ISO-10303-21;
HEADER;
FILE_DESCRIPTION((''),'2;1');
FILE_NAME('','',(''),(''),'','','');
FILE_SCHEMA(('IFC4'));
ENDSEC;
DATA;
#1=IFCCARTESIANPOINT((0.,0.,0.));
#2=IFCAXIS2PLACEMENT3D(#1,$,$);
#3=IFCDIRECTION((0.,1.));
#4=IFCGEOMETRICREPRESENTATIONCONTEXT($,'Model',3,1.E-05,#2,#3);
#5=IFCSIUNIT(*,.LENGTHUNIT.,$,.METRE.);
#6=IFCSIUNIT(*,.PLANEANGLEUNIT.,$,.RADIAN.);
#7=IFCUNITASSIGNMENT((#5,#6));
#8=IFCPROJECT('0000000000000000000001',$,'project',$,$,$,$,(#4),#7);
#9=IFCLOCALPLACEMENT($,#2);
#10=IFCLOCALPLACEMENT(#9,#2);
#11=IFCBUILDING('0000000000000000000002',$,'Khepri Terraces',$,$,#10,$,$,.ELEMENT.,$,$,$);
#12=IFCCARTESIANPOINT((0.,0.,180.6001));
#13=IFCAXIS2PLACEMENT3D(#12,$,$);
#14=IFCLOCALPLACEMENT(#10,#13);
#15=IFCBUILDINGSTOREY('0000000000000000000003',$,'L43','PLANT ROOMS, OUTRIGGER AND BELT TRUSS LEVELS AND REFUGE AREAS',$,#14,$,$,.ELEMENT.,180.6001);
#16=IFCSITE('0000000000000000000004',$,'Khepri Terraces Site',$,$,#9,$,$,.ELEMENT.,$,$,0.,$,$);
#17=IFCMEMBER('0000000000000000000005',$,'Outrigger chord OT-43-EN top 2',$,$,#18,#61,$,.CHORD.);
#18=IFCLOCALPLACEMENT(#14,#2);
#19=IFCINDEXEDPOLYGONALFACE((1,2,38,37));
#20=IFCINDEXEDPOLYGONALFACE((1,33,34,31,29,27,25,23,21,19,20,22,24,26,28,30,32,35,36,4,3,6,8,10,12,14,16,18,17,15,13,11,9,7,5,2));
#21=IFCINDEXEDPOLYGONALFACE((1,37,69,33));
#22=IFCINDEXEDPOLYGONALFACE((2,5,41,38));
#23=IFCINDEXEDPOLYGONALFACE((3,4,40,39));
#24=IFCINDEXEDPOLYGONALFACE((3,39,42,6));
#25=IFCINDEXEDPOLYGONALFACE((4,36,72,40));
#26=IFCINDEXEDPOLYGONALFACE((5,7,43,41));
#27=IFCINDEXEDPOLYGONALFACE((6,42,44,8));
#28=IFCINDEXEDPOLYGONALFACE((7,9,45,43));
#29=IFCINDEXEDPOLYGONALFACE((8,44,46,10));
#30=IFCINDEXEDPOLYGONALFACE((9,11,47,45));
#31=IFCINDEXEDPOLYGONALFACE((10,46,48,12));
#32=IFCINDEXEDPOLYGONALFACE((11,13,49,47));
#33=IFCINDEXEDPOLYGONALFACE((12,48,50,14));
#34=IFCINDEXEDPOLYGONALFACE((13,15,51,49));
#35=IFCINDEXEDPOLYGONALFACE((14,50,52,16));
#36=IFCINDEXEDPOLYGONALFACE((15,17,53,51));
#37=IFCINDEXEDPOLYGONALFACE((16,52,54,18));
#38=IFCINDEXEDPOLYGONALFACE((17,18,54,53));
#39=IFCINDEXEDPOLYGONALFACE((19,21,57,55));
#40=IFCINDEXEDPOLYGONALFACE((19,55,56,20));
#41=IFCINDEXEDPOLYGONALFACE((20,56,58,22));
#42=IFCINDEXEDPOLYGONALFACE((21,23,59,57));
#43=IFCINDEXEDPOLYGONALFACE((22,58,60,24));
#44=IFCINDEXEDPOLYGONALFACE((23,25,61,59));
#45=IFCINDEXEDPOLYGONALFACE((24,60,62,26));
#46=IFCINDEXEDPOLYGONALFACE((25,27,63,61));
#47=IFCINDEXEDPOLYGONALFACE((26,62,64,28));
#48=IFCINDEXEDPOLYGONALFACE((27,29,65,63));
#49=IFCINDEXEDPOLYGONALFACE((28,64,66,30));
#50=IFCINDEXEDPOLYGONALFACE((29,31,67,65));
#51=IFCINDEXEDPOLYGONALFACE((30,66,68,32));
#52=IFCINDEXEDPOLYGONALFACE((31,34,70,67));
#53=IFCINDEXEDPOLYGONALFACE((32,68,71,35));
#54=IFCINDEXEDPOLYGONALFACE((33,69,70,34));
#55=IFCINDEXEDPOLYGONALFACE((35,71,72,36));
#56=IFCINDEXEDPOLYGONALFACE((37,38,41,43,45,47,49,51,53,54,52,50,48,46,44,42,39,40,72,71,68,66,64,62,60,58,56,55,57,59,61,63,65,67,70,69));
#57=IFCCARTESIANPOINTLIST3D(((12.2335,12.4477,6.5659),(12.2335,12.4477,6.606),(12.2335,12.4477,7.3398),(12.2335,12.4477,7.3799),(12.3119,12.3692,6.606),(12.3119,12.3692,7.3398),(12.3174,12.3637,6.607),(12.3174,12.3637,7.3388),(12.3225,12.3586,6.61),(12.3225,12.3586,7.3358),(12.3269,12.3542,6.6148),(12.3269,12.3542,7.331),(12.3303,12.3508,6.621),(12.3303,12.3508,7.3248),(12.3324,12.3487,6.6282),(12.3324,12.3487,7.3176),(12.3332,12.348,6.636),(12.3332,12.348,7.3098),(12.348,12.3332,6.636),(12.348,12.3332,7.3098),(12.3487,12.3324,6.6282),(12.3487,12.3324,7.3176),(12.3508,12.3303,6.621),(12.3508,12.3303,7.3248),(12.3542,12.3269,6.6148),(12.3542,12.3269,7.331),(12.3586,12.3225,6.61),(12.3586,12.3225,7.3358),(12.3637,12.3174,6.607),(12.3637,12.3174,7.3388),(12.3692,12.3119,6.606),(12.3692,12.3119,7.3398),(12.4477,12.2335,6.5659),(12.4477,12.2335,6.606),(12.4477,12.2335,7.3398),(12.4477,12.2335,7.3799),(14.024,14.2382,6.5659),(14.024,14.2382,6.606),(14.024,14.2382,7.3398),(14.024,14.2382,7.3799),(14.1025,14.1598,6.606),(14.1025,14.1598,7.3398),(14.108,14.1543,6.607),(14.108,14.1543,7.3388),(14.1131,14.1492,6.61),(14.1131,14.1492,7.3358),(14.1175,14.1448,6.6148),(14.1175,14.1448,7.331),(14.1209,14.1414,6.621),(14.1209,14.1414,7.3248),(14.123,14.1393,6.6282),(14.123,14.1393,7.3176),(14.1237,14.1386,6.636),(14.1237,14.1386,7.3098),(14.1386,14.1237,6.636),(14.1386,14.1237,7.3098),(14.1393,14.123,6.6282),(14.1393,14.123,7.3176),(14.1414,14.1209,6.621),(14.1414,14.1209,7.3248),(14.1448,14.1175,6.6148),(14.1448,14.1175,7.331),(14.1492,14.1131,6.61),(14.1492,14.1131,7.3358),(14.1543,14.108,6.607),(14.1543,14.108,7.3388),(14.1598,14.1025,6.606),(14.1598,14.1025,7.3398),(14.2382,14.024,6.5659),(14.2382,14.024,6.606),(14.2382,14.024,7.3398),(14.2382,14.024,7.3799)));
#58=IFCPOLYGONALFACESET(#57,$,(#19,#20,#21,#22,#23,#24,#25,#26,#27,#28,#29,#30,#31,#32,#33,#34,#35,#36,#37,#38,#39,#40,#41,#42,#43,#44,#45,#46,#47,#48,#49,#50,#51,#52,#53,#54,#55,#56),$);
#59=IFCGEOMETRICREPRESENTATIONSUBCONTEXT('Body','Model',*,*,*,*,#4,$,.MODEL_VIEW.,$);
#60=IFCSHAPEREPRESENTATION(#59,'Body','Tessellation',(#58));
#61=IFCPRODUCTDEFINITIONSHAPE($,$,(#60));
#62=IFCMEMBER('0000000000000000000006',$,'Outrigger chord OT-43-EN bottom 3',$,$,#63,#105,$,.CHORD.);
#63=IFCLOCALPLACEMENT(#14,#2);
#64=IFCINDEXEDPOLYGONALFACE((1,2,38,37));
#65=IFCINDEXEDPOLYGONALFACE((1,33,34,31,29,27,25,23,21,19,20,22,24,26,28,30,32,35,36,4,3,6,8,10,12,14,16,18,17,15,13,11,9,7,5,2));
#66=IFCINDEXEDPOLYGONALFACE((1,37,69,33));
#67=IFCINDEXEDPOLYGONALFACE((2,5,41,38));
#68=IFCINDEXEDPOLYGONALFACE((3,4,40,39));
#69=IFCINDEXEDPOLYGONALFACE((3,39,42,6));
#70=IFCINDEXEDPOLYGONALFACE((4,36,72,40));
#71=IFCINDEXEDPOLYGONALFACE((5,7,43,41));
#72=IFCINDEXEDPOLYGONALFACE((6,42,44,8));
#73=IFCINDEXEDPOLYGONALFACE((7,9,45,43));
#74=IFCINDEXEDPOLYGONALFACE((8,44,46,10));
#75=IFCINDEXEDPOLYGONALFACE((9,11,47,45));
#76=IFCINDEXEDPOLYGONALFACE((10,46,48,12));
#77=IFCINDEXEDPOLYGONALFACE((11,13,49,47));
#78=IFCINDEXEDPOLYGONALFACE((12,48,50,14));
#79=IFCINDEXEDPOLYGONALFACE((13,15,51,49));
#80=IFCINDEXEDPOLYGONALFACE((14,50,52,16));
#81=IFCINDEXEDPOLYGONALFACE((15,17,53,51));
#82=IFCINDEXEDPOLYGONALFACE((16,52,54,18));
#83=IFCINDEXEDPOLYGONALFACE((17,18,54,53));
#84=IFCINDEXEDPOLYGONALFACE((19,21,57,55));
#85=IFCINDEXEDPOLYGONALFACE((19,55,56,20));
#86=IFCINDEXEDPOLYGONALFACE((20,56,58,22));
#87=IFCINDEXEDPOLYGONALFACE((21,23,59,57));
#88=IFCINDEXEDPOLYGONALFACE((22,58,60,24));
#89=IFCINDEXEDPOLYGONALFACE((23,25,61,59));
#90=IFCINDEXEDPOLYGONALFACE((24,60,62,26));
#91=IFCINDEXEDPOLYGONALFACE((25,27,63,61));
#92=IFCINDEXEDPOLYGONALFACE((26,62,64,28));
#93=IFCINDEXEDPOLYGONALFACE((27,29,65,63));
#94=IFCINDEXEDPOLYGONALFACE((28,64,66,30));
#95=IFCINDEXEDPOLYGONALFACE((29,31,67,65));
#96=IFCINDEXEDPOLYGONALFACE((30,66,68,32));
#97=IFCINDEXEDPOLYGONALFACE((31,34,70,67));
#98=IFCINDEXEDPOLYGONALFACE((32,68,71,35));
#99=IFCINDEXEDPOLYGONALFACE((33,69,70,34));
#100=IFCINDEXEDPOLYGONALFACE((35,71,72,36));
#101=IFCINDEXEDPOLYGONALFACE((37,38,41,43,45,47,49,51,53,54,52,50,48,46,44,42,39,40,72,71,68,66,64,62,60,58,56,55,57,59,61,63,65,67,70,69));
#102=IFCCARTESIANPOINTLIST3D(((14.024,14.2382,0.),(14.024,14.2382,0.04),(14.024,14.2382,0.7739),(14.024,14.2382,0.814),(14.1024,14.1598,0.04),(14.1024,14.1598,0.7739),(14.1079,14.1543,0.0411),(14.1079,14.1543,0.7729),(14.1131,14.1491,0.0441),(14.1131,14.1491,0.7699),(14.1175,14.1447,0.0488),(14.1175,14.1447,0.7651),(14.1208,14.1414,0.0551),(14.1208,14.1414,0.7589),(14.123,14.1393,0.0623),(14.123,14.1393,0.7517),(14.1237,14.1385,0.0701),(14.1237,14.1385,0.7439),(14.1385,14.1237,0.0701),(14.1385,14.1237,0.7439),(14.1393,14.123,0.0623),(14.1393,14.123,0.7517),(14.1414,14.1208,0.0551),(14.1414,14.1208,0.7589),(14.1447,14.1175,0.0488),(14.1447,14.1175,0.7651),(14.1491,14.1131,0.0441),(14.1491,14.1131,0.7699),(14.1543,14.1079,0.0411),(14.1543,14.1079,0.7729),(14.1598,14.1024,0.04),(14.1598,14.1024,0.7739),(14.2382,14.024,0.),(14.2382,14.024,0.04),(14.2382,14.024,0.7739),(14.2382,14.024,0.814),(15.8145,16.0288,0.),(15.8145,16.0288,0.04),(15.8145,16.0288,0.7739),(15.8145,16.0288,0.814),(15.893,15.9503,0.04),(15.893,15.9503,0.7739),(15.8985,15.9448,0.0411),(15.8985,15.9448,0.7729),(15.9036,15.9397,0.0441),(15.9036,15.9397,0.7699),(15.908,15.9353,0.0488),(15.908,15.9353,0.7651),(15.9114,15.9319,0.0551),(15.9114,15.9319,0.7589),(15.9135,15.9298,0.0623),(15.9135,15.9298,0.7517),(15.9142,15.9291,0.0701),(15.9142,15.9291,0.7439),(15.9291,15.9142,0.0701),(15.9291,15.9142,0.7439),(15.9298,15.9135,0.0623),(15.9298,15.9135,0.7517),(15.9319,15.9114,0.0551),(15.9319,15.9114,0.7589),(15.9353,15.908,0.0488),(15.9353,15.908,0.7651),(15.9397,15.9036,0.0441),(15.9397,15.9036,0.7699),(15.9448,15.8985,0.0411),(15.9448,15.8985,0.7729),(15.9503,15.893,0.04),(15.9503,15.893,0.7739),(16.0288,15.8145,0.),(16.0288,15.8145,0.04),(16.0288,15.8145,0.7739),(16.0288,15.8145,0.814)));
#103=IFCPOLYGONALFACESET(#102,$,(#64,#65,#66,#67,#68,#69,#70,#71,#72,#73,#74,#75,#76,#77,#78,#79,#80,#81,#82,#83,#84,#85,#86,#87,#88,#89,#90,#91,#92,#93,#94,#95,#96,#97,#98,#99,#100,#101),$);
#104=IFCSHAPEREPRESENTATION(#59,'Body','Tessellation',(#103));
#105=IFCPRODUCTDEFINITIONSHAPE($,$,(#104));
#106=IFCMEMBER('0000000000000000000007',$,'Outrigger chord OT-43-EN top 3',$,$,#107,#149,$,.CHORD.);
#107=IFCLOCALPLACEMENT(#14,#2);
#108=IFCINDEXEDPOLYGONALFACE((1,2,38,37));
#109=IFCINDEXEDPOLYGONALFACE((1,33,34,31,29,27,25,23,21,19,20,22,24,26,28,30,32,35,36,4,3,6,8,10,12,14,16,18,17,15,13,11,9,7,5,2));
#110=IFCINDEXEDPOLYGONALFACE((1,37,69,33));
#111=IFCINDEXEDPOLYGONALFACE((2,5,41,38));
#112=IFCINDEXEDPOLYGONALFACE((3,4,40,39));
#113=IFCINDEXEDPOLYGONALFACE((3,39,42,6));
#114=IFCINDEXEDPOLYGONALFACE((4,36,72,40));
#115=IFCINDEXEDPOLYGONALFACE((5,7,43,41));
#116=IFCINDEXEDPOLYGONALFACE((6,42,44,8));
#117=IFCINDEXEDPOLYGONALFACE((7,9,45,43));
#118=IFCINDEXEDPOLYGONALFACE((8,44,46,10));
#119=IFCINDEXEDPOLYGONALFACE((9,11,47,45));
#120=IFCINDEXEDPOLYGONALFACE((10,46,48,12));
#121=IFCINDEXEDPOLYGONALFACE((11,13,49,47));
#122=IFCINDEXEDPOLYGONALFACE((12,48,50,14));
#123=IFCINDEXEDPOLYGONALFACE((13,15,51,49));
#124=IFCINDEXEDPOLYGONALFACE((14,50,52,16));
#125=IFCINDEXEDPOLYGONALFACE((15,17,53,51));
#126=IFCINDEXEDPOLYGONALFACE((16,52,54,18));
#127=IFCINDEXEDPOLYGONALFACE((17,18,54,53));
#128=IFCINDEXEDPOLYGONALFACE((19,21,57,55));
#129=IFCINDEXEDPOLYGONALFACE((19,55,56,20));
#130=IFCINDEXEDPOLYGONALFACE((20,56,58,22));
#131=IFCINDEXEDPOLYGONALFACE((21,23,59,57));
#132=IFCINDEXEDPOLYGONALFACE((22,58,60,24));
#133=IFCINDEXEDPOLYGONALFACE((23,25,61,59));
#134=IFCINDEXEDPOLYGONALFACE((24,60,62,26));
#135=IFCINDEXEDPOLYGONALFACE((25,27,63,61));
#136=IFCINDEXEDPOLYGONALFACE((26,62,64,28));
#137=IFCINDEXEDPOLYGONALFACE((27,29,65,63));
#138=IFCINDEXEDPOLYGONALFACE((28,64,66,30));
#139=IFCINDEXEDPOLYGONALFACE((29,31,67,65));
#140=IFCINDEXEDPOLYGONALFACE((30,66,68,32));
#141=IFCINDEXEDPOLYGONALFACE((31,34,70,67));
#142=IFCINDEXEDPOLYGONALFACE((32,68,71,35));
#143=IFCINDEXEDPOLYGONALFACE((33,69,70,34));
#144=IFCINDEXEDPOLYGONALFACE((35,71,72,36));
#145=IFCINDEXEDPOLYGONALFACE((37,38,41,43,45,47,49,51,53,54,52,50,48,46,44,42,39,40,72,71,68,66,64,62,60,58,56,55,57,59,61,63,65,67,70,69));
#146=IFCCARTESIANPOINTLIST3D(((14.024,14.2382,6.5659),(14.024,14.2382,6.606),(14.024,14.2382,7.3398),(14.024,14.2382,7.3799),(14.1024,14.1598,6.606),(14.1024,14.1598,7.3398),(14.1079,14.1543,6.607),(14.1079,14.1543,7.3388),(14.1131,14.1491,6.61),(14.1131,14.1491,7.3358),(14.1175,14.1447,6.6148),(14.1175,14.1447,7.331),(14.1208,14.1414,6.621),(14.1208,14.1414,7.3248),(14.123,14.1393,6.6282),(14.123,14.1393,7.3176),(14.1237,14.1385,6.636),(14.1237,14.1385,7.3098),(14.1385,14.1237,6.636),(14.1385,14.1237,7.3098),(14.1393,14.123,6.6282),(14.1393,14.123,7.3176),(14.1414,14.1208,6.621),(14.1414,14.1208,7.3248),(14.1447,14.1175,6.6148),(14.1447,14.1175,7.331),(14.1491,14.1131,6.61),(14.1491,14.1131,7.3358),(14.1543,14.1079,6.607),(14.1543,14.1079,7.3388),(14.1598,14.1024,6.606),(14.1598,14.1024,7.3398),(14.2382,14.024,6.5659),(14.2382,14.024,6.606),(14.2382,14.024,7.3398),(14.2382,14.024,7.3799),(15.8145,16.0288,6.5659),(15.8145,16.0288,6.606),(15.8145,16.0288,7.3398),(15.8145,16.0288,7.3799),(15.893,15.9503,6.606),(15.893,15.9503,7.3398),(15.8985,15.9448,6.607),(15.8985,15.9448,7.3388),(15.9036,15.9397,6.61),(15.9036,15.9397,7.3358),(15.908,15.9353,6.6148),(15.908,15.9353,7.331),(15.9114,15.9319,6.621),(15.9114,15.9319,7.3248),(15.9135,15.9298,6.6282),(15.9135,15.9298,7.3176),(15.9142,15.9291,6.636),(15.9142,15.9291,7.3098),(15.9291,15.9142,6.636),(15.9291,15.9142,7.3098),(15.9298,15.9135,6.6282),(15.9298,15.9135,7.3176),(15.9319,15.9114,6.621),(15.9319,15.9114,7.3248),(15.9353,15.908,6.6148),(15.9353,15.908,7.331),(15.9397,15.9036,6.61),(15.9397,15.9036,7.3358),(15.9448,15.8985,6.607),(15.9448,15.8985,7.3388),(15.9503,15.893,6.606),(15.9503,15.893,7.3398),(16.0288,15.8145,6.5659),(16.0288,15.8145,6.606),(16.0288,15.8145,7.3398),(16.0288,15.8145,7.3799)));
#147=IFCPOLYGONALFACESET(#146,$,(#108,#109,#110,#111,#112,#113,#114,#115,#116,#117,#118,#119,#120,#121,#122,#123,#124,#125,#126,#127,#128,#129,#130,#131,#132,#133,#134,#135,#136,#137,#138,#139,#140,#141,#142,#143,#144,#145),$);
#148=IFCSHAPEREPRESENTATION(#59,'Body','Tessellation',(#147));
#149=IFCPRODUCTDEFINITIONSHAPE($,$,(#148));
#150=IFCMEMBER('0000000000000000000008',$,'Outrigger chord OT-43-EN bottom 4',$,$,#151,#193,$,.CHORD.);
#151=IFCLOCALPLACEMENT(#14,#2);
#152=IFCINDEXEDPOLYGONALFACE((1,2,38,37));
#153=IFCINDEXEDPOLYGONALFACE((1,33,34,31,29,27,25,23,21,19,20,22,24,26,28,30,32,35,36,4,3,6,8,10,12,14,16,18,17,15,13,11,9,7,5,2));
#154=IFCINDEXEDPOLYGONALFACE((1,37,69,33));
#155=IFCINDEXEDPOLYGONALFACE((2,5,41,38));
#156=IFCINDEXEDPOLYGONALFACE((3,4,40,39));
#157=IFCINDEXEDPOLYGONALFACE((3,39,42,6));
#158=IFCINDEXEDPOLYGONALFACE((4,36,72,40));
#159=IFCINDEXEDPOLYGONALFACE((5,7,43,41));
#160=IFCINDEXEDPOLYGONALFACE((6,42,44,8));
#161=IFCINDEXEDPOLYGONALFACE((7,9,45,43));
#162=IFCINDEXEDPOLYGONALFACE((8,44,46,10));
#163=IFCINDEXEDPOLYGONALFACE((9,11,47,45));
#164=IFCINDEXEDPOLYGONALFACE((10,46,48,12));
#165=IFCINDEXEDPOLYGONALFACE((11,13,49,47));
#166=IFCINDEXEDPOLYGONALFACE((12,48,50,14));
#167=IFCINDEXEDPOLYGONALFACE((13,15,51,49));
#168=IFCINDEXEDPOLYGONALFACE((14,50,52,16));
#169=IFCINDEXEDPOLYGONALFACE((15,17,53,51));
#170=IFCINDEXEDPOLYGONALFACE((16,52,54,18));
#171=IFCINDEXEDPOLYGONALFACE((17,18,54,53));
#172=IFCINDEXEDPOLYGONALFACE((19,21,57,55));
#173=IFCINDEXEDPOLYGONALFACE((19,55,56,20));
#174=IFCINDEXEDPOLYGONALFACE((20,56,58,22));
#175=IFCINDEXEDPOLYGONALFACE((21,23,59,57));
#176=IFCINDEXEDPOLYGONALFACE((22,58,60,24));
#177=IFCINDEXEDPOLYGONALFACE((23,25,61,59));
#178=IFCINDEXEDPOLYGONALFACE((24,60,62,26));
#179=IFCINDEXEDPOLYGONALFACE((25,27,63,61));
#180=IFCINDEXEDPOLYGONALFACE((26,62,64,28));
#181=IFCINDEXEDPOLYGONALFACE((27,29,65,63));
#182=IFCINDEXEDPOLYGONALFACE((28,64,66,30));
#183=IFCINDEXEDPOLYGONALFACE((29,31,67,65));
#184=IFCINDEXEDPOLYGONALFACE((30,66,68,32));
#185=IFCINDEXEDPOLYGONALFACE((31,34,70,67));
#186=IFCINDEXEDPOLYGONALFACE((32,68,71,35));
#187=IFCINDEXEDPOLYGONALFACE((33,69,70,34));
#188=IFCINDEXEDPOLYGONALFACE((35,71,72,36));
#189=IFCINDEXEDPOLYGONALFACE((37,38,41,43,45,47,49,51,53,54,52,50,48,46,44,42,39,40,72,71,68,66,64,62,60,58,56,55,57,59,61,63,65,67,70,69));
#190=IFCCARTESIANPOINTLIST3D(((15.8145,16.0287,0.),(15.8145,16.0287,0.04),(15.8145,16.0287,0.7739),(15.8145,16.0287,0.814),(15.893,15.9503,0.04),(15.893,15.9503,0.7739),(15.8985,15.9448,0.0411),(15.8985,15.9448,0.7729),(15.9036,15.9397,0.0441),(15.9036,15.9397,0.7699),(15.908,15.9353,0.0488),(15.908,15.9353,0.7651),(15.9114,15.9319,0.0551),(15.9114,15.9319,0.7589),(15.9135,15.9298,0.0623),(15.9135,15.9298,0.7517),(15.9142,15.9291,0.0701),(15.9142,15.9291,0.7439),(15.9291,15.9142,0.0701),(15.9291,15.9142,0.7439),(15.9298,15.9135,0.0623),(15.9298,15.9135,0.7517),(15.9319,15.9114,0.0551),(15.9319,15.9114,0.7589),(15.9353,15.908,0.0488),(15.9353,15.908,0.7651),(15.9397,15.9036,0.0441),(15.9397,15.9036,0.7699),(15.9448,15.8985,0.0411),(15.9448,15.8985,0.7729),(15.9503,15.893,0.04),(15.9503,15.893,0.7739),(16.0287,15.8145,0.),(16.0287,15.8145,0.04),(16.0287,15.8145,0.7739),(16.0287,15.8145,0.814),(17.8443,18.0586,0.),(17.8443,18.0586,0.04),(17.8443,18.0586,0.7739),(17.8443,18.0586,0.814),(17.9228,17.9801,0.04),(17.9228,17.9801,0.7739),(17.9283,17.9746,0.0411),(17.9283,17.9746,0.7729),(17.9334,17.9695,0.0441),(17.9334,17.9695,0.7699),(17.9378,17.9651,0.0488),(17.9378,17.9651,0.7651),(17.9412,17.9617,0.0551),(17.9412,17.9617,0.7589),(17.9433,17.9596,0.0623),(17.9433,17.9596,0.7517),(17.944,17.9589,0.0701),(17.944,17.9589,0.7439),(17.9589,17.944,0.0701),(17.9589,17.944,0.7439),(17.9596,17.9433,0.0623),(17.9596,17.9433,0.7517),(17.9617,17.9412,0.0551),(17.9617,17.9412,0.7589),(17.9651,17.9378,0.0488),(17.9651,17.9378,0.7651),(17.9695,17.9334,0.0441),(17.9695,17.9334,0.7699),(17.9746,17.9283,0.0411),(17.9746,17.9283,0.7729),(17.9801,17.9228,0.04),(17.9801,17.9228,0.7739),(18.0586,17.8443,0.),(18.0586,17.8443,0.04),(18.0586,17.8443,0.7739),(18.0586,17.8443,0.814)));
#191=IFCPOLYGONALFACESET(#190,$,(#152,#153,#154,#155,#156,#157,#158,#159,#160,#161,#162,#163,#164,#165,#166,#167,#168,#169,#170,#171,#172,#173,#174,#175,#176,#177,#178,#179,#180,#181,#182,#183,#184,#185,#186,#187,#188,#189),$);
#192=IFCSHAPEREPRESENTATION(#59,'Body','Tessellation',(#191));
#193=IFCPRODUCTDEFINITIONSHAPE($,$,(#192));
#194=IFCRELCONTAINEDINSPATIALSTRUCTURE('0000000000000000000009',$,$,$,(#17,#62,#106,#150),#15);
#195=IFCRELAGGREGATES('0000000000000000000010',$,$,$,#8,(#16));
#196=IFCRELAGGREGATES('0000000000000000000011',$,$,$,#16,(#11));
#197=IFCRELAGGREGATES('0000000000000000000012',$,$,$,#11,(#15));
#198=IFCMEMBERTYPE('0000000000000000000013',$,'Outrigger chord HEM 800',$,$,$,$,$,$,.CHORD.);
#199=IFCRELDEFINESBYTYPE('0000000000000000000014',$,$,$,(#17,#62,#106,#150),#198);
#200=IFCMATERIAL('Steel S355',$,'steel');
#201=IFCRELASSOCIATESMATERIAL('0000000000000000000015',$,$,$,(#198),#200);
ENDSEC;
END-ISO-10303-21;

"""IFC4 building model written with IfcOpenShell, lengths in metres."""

from ifc_helpers import new_model, si_unit, direction, frame, origin, origin_2d, place, context, subcontext, project, spatial, i_section, extrude, material, material_profile, profile_set, type_object, element, save


model = new_model("IFC4")

# Units and contexts
model_context = context("Model", 3, precision=1e-05, world=origin(), true_north=direction((0.0, 1.0)))
body_context = subcontext(model_context, "Body", "Model", "MODEL_VIEW")
ifc_project = project(units=[si_unit("LENGTHUNIT", "METRE"), si_unit("PLANEANGLEUNIT", "RADIAN")], contexts=[model_context])

# Site, building, storey
site_placement = place(None, origin())
site = spatial("IfcSite", under=ifc_project, at=site_placement, Name="Khepri Terraces Site", CompositionType="ELEMENT", RefElevation=0.0)
building_placement = place(site_placement, origin())
building = spatial("IfcBuilding", under=site, at=building_placement, Name="Khepri Terraces", CompositionType="ELEMENT")
storey_placement = place(building_placement, frame((0.0, 0.0, 180.6001)))
storey = spatial("IfcBuildingStorey", under=building, at=storey_placement, Name="L43", Description="PLANT ROOMS, OUTRIGGER AND BELT TRUSS LEVELS AND REFUGE AREAS", CompositionType="ELEMENT", Elevation=180.6001)

# Members
ifc_material_1 = material(Name="Steel S355", Category="steel")
ifc_material_profile_1 = material_profile(ifc_material_1, i_section(OverallWidth=0.303, OverallDepth=0.814, WebThickness=0.021, FlangeThickness=0.04, FilletRadius=0.03, at=origin_2d()), Name="Steel S355", Category="steel")
ifc_profile_set_1 = profile_set([ifc_material_profile_1], Name="Steel S355")
member_type_1 = type_object("IfcMemberType", Name="Outrigger chord HEM 800", PredefinedType="CHORD", material=ifc_profile_set_1)
for number, where, z_axis, x_axis, name in (
    (1, (12.3406, 12.3406, 6.9729), (0.707107, 0.707107, 0.0), (-0.707107, 0.707107, 0.0), "Outrigger chord OT-43-EN top 2"),
    (2, (14.1311, 14.1311, 0.407), (0.707107, 0.707107, 0.0), (-0.707107, 0.707107, 0.0), "Outrigger chord OT-43-EN bottom 3"),
    (3, (14.1311, 14.1311, 6.9729), (0.707107, 0.707107, 0.0), (-0.707107, 0.707107, 0.0), "Outrigger chord OT-43-EN top 3"),
):
    element("IfcMember", number, at=place(storey_placement, frame(where, z_axis=z_axis, x_axis=x_axis)), inside=storey, type_object=member_type_1, Name=name, PredefinedType="CHORD", context=body_context, shape_type="SweptSolid", body=[
        extrude(i_section(OverallWidth=0.303, OverallDepth=0.814, WebThickness=0.021, FlangeThickness=0.04, FilletRadius=0.03, at=origin_2d()), origin(), (0.0, 0.0, 1.0), 2.5322),
    ])
for number, where, z_axis, x_axis, name in (
    (4, (15.9216, 15.9216, 0.407), (0.707107, 0.707107, 0.0), (-0.707107, 0.707107, 0.0), "Outrigger chord OT-43-EN bottom 4"),
):
    element("IfcMember", number, at=place(storey_placement, frame(where, z_axis=z_axis, x_axis=x_axis)), inside=storey, type_object=member_type_1, Name=name, PredefinedType="CHORD", context=body_context, shape_type="SweptSolid", body=[
        extrude(i_section(OverallWidth=0.303, OverallDepth=0.814, WebThickness=0.021, FlangeThickness=0.04, FilletRadius=0.03, at=origin_2d()), origin(), (0.0, 0.0, 1.0), 2.8706),
    ])

save(model, "model.ifc")
